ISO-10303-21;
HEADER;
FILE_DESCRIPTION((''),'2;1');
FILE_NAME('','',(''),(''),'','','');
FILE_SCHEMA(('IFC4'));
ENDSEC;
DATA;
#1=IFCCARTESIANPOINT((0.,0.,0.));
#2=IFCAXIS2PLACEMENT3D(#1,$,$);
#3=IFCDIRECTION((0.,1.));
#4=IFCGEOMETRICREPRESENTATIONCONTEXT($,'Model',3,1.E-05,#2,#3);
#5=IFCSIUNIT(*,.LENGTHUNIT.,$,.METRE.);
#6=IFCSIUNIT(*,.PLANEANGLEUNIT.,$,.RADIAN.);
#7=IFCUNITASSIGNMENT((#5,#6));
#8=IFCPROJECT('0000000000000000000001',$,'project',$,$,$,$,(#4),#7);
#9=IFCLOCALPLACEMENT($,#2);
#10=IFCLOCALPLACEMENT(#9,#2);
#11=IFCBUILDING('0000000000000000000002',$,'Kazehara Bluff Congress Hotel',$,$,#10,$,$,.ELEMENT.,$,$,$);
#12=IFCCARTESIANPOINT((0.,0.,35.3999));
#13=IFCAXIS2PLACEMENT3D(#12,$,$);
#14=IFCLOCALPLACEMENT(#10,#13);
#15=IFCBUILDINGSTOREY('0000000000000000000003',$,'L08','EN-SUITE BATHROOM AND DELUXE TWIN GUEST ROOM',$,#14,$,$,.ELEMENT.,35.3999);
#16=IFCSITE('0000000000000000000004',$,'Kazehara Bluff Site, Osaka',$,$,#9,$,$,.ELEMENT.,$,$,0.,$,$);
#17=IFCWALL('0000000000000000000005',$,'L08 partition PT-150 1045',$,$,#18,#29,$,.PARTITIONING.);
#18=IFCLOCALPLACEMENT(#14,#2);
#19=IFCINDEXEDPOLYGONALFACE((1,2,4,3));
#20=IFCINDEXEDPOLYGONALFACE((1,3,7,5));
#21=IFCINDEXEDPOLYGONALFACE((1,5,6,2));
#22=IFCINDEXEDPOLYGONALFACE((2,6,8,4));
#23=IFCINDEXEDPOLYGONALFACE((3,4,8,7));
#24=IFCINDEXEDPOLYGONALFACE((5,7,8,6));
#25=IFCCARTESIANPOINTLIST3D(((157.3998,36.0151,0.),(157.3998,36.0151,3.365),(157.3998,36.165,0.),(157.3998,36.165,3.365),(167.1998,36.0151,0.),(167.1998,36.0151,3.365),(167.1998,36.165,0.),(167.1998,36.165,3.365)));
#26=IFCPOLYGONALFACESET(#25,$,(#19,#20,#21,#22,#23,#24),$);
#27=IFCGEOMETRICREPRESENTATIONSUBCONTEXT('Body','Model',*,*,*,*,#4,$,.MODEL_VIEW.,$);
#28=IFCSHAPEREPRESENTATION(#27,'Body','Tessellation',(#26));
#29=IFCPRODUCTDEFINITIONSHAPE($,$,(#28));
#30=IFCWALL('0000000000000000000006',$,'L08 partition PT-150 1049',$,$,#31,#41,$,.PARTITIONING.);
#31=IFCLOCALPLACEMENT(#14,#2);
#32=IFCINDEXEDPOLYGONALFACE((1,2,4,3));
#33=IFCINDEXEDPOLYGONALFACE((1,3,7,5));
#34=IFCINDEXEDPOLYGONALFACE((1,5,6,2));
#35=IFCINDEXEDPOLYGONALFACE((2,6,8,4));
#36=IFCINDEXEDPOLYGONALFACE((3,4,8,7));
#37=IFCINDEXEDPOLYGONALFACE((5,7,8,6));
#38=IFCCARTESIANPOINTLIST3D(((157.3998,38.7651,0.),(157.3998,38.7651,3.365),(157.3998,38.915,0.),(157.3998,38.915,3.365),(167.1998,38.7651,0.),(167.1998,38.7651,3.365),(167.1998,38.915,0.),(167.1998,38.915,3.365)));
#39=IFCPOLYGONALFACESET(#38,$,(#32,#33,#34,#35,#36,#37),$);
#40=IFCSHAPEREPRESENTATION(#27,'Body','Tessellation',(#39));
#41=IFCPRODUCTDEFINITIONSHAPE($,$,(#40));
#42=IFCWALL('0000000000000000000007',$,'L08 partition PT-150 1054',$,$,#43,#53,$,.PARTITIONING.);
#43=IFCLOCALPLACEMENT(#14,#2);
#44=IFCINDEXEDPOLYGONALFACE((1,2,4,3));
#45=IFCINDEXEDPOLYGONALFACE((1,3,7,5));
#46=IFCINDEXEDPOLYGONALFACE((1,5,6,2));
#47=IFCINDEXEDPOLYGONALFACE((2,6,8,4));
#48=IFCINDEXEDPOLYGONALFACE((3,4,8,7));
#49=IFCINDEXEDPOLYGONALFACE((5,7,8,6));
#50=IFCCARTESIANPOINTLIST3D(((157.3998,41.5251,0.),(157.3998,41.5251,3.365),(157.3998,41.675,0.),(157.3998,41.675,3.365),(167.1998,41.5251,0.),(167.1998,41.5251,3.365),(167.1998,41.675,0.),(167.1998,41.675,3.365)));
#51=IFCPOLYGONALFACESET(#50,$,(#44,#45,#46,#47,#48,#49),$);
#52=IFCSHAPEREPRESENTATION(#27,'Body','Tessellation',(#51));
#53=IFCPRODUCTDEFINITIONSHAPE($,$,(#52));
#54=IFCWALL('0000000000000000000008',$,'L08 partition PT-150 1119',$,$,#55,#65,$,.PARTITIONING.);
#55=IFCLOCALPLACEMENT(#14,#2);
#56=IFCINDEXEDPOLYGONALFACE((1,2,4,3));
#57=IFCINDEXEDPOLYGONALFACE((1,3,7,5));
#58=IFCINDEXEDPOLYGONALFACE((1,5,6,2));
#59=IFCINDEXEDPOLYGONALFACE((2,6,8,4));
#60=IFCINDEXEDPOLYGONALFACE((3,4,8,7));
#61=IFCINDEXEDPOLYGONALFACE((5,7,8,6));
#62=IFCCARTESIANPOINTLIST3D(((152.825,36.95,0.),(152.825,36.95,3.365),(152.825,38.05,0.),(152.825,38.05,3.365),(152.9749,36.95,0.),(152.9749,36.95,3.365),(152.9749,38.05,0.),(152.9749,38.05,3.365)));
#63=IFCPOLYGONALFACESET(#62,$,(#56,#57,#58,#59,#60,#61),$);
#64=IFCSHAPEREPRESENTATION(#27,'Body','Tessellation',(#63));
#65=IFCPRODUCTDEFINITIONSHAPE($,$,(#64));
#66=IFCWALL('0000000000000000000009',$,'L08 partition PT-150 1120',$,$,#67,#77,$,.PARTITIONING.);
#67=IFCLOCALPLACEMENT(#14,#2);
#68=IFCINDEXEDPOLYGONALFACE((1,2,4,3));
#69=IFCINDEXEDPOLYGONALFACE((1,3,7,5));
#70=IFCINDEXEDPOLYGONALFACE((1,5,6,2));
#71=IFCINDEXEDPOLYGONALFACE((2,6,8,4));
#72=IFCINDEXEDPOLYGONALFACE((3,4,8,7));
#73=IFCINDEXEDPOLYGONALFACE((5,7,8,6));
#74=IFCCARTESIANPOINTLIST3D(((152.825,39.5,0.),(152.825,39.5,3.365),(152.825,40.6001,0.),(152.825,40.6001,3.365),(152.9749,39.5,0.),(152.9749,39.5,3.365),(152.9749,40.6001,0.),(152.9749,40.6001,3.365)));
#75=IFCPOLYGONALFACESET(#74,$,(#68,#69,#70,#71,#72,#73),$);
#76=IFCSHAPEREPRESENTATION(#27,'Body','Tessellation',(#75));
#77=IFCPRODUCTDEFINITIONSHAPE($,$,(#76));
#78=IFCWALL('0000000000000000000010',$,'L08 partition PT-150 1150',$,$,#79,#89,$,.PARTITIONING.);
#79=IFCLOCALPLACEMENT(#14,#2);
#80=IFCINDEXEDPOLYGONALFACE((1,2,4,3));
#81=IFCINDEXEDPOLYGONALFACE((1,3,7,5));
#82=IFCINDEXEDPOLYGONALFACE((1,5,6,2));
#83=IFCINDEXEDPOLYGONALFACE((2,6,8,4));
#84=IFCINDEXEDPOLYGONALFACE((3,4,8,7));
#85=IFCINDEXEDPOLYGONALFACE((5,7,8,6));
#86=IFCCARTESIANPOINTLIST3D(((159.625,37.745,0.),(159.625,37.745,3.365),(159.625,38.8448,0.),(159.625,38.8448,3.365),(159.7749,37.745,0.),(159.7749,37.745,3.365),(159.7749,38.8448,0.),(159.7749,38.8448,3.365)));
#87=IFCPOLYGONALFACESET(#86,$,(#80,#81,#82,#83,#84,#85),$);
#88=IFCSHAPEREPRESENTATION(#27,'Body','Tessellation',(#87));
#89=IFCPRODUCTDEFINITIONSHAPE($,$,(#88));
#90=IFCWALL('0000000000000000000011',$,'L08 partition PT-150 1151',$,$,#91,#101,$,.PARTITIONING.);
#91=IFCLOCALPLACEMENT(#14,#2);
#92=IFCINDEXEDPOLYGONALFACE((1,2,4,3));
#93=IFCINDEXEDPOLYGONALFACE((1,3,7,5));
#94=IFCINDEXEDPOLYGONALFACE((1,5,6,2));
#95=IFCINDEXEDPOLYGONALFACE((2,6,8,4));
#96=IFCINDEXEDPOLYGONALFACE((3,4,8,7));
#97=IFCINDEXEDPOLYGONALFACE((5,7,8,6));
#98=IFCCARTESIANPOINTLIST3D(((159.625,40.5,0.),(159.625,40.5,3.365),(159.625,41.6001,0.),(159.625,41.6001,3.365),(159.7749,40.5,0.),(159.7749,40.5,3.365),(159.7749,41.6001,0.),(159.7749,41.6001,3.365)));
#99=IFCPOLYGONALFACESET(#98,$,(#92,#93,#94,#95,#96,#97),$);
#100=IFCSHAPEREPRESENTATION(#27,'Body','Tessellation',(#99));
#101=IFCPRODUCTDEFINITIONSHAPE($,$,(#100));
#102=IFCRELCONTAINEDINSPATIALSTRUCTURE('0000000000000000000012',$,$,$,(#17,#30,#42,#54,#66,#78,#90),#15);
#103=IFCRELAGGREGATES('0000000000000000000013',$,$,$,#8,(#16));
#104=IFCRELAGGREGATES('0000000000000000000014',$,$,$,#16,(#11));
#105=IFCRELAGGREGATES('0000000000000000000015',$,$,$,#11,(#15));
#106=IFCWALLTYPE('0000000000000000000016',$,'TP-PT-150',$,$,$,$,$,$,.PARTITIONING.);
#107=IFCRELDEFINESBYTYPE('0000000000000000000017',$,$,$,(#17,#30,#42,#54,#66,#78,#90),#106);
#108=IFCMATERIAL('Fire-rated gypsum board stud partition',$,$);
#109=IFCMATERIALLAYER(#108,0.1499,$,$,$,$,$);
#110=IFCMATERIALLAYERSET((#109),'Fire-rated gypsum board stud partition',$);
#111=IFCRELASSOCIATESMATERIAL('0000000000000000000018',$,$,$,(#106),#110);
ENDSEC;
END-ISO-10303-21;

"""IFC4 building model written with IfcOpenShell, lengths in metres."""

from ifc_helpers import new_model, si_unit, direction, frame, frame_2d, origin, place, context, subcontext, project, spatial, rectangle, extrude, material, layer, layer_set, type_object, element, save


model = new_model("IFC4")

# Units and contexts
model_context = context("Model", 3, precision=1e-05, world=origin(), true_north=direction((0.0, 1.0)))
body_context = subcontext(model_context, "Body", "Model", "MODEL_VIEW")
ifc_project = project(units=[si_unit("LENGTHUNIT", "METRE"), si_unit("PLANEANGLEUNIT", "RADIAN")], contexts=[model_context])

# Site, building, storey
site_placement = place(None, origin())
site = spatial("IfcSite", under=ifc_project, at=site_placement, Name="Kazehara Bluff Site, Osaka", CompositionType="ELEMENT", RefElevation=0.0)
building_placement = place(site_placement, origin())
building = spatial("IfcBuilding", under=site, at=building_placement, Name="Kazehara Bluff Congress Hotel", CompositionType="ELEMENT")
storey_placement = place(building_placement, frame((0.0, 0.0, 35.3999)))
storey = spatial("IfcBuildingStorey", under=building, at=storey_placement, Name="L08", Description="EN-SUITE BATHROOM AND DELUXE TWIN GUEST ROOM", CompositionType="ELEMENT", Elevation=35.3999)

# Wall
ifc_material_1 = material(Name="Fire-rated gypsum board stud partition")
ifc_layer_1 = layer(ifc_material_1, 0.1499)
ifc_layer_set_1 = layer_set([ifc_layer_1], Name="Fire-rated gypsum board stud partition")
wall_type_1 = type_object("IfcWallType", Name="TP-PT-150", PredefinedType="PARTITIONING", material=ifc_layer_set_1)
wall_1_placement = place(storey_placement, frame((157.3999, 36.0901, 0.0), z_axis=(0.0, 0.0, 1.0), x_axis=(1.0, 0.0, 0.0)))
element("IfcWall", 1, at=wall_1_placement, inside=storey, type_object=wall_type_1, Name="L08 partition PT-150 1045", PredefinedType="PARTITIONING", context=body_context, shape_type="SweptSolid", body=[
    extrude(rectangle(XDim=9.8, YDim=0.1499, at=frame_2d((4.8999, 0.0))), origin(), (0.0, 0.0, 1.0), 3.365),
])

# Wall
wall_2_placement = place(storey_placement, frame((157.3999, 38.8401, 0.0), z_axis=(0.0, 0.0, 1.0), x_axis=(1.0, 0.0, 0.0)))
element("IfcWall", 2, at=wall_2_placement, inside=storey, type_object=wall_type_1, Name="L08 partition PT-150 1049", PredefinedType="PARTITIONING", context=body_context, shape_type="SweptSolid", body=[
    extrude(rectangle(XDim=9.8, YDim=0.1499, at=frame_2d((4.8999, 0.0))), origin(), (0.0, 0.0, 1.0), 3.365),
])

# Walls
wall_3_placement = place(storey_placement, frame((157.3999, 41.6001, 0.0), z_axis=(0.0, 0.0, 1.0), x_axis=(1.0, 0.0, 0.0)))
element("IfcWall", 3, at=wall_3_placement, inside=storey, type_object=wall_type_1, Name="L08 partition PT-150 1054", PredefinedType="PARTITIONING", context=body_context, shape_type="SweptSolid", body=[
    extrude(rectangle(XDim=9.8, YDim=0.1499, at=frame_2d((4.8999, 0.0))), origin(), (0.0, 0.0, 1.0), 3.365),
])
for number, where, z_axis, x_axis, name in (
    (4, (152.8999, 36.95, 0.0), (0.0, 0.0, 1.0), (0.0, 1.0, 0.0), "L08 partition PT-150 1119"),
    (5, (152.8999, 39.5, 0.0), (0.0, 0.0, 1.0), (0.0, 1.0, 0.0), "L08 partition PT-150 1120"),
):
    element("IfcWall", number, at=place(storey_placement, frame(where, z_axis=z_axis, x_axis=x_axis)), inside=storey, type_object=wall_type_1, Name=name, PredefinedType="PARTITIONING", context=body_context, shape_type="SweptSolid", body=[
        extrude(rectangle(XDim=1.1001, YDim=0.1499, at=frame_2d((0.55, 0.0))), origin(), (0.0, 0.0, 1.0), 3.365),
    ])
wall_4_placement = place(storey_placement, frame((159.7, 37.7451, 0.0), z_axis=(0.0, 0.0, 1.0), x_axis=(0.0, 1.0, 0.0)))
element("IfcWall", 6, at=wall_4_placement, inside=storey, type_object=wall_type_1, Name="L08 partition PT-150 1150", PredefinedType="PARTITIONING", context=body_context, shape_type="SweptSolid", body=[
    extrude(rectangle(XDim=1.0999, YDim=0.1499, at=frame_2d((0.5498, 0.0))), origin(), (0.0, 0.0, 1.0), 3.365),
])
wall_5_placement = place(storey_placement, frame((159.7, 40.5, 0.0), z_axis=(0.0, 0.0, 1.0), x_axis=(0.0, 1.0, 0.0)))
element("IfcWall", 7, at=wall_5_placement, inside=storey, type_object=wall_type_1, Name="L08 partition PT-150 1151", PredefinedType="PARTITIONING", context=body_context, shape_type="SweptSolid", body=[
    extrude(rectangle(XDim=1.1001, YDim=0.1499, at=frame_2d((0.55, 0.0))), origin(), (0.0, 0.0, 1.0), 3.365),
])

save(model, "model.ifc")
